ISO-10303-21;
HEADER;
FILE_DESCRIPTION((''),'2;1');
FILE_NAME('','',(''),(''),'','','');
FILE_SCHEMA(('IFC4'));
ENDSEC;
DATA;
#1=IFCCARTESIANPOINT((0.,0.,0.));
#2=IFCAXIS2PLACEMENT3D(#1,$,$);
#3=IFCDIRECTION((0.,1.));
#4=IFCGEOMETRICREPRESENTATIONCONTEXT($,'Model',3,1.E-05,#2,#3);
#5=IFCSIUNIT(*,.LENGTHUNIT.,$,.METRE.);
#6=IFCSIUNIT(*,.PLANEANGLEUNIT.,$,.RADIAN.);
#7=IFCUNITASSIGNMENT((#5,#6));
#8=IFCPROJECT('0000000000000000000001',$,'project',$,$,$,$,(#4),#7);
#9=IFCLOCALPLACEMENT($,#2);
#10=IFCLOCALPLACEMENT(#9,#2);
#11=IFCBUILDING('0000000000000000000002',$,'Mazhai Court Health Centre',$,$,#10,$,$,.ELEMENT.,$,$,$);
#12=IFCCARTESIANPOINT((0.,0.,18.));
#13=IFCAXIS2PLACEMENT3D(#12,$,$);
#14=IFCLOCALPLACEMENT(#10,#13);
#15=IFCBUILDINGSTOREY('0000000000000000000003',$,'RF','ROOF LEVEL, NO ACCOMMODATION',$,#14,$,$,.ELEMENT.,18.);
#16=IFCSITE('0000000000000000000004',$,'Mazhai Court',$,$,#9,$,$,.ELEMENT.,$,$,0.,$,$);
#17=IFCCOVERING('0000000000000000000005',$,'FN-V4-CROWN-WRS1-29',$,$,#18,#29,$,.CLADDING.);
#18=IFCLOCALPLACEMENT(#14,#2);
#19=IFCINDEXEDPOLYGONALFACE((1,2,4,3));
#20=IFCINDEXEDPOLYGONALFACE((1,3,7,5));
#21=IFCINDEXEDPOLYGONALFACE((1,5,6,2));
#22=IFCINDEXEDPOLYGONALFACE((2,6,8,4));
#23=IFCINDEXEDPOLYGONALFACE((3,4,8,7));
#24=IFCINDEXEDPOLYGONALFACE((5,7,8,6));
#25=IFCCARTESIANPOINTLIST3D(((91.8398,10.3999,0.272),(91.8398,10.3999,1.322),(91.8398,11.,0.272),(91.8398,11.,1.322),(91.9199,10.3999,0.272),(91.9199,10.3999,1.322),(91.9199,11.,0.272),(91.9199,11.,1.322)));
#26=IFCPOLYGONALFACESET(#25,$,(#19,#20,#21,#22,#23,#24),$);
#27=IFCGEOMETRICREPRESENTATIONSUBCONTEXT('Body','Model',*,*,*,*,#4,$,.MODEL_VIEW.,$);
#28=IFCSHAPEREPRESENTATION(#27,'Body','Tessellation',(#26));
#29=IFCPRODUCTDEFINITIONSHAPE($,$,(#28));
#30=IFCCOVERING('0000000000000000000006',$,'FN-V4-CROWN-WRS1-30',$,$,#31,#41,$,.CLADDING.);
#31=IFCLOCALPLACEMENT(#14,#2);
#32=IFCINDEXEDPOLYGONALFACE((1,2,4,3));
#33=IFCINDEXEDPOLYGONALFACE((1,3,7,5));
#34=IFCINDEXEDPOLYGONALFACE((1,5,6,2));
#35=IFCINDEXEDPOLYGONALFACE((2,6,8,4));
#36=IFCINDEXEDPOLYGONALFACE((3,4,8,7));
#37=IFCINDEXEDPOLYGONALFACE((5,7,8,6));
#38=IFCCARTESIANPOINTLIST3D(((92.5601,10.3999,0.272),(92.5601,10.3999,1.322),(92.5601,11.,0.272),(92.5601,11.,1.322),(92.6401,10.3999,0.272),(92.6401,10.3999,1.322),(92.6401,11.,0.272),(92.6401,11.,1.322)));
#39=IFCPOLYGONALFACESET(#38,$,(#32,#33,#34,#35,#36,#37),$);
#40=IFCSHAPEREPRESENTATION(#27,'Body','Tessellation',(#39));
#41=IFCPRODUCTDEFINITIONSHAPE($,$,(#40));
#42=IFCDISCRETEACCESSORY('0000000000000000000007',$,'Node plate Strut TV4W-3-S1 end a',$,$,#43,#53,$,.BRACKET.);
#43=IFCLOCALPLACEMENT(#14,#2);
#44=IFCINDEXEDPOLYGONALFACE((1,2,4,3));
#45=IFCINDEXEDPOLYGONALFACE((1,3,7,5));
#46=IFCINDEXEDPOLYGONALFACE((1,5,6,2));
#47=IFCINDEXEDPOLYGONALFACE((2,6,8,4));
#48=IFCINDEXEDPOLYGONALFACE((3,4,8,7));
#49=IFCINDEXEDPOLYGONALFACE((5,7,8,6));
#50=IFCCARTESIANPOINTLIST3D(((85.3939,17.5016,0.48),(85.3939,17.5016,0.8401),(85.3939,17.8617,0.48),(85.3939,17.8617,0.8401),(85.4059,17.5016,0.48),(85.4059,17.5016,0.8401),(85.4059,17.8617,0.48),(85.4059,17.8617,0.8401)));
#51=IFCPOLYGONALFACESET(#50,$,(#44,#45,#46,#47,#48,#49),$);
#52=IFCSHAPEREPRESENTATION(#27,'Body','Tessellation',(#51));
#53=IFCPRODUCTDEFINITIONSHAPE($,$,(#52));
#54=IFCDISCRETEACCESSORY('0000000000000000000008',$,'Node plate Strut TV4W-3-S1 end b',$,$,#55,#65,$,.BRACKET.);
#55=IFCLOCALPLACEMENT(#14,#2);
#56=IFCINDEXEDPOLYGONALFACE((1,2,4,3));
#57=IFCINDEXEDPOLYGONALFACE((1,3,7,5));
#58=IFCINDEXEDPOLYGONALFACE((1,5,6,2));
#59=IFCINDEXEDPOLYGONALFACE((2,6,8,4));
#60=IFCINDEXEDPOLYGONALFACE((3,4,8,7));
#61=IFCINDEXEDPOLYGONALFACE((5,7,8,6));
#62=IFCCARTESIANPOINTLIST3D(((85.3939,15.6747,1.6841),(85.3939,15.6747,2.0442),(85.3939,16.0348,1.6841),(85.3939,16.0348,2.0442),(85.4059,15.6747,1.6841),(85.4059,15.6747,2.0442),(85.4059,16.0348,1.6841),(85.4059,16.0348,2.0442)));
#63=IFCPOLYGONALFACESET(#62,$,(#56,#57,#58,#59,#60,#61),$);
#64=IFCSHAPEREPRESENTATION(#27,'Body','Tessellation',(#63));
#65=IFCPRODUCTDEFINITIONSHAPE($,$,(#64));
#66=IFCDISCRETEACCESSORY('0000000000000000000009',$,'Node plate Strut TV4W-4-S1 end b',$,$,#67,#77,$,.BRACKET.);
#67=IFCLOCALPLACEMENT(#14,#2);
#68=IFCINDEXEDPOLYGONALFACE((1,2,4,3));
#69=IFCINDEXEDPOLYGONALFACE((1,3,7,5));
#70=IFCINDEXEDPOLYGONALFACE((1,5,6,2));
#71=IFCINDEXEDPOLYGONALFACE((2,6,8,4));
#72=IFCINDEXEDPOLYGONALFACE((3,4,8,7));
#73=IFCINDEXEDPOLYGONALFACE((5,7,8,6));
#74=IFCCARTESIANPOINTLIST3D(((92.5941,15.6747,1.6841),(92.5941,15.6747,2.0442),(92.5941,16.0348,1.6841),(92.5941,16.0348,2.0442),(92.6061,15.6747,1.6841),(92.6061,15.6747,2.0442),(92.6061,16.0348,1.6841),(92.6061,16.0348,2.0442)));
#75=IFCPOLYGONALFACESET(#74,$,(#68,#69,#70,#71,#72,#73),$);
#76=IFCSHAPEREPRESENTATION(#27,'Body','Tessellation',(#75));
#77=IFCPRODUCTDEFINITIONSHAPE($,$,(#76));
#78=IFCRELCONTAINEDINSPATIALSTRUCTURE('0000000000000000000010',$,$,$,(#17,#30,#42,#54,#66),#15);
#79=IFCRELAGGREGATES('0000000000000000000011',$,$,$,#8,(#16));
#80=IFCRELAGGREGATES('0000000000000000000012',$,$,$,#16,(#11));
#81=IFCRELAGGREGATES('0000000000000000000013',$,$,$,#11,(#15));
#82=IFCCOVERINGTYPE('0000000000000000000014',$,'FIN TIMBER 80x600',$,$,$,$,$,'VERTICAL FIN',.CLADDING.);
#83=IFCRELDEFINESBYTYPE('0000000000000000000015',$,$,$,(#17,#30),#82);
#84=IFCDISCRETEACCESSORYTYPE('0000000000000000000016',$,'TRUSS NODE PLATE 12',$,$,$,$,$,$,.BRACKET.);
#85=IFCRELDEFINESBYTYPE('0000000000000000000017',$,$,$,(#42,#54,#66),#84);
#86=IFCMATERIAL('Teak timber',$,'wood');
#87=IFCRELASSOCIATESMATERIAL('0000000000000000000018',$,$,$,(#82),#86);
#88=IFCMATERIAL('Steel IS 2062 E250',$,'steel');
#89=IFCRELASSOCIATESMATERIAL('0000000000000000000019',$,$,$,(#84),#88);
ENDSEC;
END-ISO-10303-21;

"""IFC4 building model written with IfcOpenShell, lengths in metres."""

from ifc_helpers import new_model, si_unit, direction, frame, origin, origin_2d, place, context, subcontext, project, spatial, rectangle, extrude, material, type_object, element, save


model = new_model("IFC4")

# Units and contexts
model_context = context("Model", 3, precision=1e-05, world=origin(), true_north=direction((0.0, 1.0)))
body_context = subcontext(model_context, "Body", "Model", "MODEL_VIEW")
ifc_project = project(units=[si_unit("LENGTHUNIT", "METRE"), si_unit("PLANEANGLEUNIT", "RADIAN")], contexts=[model_context])

# Site, building, storey
site_placement = place(None, origin())
site = spatial("IfcSite", under=ifc_project, at=site_placement, Name="Mazhai Court", CompositionType="ELEMENT", RefElevation=0.0)
building_placement = place(site_placement, origin())
building = spatial("IfcBuilding", under=site, at=building_placement, Name="Mazhai Court Health Centre", CompositionType="ELEMENT")
storey_placement = place(building_placement, frame((0.0, 0.0, 18.0)))
storey = spatial("IfcBuildingStorey", under=building, at=storey_placement, Name="RF", Description="ROOF LEVEL, NO ACCOMMODATION", CompositionType="ELEMENT", Elevation=18.0)

# Coverings
ifc_material_1 = material(Name="Teak timber", Category="wood")
covering_type = type_object("IfcCoveringType", Name="FIN TIMBER 80x600", ElementType="VERTICAL FIN", PredefinedType="CLADDING", material=ifc_material_1)
for number, where, z_axis, x_axis, name in (
    (1, (91.8799, 10.7, 0.272), (0.0, 0.0, 1.0), (1.0, 0.0, 0.0), "FN-V4-CROWN-WRS1-29"),
    (2, (92.6001, 10.7, 0.272), (0.0, 0.0, 1.0), (1.0, 0.0, 0.0), "FN-V4-CROWN-WRS1-30"),
):
    element("IfcCovering", number, at=place(storey_placement, frame(where, z_axis=z_axis, x_axis=x_axis)), inside=storey, type_object=covering_type, Name=name, PredefinedType="CLADDING", context=body_context, shape_type="SweptSolid", body=[
        extrude(rectangle(XDim=0.0801, YDim=0.6001, at=origin_2d()), origin(), (0.0, 0.0, 1.0), 1.05),
    ])

# Discrete accessories
ifc_material_2 = material(Name="Steel IS 2062 E250", Category="steel")
discrete_accessory_type = type_object("IfcDiscreteAccessoryType", Name="TRUSS NODE PLATE 12", PredefinedType="BRACKET", material=ifc_material_2)
for number, where, z_axis, x_axis, name in (
    (3, (85.3999, 17.6816, 0.48), (0.0, 0.0, 1.0), (1.0, 0.0, 0.0), "Node plate Strut TV4W-3-S1 end a"),
    (4, (85.3999, 15.8547, 1.6841), (0.0, 0.0, 1.0), (1.0, 0.0, 0.0), "Node plate Strut TV4W-3-S1 end b"),
    (5, (92.6001, 15.8547, 1.6841), (0.0, 0.0, 1.0), (1.0, 0.0, 0.0), "Node plate Strut TV4W-4-S1 end b"),
):
    element("IfcDiscreteAccessory", number, at=place(storey_placement, frame(where, z_axis=z_axis, x_axis=x_axis)), inside=storey, type_object=discrete_accessory_type, Name=name, PredefinedType="BRACKET", context=body_context, shape_type="SweptSolid", body=[
        extrude(rectangle(XDim=0.012, YDim=0.3601, at=origin_2d()), origin(), (0.0, 0.0, 1.0), 0.3601),
    ])

save(model, "model.ifc")
